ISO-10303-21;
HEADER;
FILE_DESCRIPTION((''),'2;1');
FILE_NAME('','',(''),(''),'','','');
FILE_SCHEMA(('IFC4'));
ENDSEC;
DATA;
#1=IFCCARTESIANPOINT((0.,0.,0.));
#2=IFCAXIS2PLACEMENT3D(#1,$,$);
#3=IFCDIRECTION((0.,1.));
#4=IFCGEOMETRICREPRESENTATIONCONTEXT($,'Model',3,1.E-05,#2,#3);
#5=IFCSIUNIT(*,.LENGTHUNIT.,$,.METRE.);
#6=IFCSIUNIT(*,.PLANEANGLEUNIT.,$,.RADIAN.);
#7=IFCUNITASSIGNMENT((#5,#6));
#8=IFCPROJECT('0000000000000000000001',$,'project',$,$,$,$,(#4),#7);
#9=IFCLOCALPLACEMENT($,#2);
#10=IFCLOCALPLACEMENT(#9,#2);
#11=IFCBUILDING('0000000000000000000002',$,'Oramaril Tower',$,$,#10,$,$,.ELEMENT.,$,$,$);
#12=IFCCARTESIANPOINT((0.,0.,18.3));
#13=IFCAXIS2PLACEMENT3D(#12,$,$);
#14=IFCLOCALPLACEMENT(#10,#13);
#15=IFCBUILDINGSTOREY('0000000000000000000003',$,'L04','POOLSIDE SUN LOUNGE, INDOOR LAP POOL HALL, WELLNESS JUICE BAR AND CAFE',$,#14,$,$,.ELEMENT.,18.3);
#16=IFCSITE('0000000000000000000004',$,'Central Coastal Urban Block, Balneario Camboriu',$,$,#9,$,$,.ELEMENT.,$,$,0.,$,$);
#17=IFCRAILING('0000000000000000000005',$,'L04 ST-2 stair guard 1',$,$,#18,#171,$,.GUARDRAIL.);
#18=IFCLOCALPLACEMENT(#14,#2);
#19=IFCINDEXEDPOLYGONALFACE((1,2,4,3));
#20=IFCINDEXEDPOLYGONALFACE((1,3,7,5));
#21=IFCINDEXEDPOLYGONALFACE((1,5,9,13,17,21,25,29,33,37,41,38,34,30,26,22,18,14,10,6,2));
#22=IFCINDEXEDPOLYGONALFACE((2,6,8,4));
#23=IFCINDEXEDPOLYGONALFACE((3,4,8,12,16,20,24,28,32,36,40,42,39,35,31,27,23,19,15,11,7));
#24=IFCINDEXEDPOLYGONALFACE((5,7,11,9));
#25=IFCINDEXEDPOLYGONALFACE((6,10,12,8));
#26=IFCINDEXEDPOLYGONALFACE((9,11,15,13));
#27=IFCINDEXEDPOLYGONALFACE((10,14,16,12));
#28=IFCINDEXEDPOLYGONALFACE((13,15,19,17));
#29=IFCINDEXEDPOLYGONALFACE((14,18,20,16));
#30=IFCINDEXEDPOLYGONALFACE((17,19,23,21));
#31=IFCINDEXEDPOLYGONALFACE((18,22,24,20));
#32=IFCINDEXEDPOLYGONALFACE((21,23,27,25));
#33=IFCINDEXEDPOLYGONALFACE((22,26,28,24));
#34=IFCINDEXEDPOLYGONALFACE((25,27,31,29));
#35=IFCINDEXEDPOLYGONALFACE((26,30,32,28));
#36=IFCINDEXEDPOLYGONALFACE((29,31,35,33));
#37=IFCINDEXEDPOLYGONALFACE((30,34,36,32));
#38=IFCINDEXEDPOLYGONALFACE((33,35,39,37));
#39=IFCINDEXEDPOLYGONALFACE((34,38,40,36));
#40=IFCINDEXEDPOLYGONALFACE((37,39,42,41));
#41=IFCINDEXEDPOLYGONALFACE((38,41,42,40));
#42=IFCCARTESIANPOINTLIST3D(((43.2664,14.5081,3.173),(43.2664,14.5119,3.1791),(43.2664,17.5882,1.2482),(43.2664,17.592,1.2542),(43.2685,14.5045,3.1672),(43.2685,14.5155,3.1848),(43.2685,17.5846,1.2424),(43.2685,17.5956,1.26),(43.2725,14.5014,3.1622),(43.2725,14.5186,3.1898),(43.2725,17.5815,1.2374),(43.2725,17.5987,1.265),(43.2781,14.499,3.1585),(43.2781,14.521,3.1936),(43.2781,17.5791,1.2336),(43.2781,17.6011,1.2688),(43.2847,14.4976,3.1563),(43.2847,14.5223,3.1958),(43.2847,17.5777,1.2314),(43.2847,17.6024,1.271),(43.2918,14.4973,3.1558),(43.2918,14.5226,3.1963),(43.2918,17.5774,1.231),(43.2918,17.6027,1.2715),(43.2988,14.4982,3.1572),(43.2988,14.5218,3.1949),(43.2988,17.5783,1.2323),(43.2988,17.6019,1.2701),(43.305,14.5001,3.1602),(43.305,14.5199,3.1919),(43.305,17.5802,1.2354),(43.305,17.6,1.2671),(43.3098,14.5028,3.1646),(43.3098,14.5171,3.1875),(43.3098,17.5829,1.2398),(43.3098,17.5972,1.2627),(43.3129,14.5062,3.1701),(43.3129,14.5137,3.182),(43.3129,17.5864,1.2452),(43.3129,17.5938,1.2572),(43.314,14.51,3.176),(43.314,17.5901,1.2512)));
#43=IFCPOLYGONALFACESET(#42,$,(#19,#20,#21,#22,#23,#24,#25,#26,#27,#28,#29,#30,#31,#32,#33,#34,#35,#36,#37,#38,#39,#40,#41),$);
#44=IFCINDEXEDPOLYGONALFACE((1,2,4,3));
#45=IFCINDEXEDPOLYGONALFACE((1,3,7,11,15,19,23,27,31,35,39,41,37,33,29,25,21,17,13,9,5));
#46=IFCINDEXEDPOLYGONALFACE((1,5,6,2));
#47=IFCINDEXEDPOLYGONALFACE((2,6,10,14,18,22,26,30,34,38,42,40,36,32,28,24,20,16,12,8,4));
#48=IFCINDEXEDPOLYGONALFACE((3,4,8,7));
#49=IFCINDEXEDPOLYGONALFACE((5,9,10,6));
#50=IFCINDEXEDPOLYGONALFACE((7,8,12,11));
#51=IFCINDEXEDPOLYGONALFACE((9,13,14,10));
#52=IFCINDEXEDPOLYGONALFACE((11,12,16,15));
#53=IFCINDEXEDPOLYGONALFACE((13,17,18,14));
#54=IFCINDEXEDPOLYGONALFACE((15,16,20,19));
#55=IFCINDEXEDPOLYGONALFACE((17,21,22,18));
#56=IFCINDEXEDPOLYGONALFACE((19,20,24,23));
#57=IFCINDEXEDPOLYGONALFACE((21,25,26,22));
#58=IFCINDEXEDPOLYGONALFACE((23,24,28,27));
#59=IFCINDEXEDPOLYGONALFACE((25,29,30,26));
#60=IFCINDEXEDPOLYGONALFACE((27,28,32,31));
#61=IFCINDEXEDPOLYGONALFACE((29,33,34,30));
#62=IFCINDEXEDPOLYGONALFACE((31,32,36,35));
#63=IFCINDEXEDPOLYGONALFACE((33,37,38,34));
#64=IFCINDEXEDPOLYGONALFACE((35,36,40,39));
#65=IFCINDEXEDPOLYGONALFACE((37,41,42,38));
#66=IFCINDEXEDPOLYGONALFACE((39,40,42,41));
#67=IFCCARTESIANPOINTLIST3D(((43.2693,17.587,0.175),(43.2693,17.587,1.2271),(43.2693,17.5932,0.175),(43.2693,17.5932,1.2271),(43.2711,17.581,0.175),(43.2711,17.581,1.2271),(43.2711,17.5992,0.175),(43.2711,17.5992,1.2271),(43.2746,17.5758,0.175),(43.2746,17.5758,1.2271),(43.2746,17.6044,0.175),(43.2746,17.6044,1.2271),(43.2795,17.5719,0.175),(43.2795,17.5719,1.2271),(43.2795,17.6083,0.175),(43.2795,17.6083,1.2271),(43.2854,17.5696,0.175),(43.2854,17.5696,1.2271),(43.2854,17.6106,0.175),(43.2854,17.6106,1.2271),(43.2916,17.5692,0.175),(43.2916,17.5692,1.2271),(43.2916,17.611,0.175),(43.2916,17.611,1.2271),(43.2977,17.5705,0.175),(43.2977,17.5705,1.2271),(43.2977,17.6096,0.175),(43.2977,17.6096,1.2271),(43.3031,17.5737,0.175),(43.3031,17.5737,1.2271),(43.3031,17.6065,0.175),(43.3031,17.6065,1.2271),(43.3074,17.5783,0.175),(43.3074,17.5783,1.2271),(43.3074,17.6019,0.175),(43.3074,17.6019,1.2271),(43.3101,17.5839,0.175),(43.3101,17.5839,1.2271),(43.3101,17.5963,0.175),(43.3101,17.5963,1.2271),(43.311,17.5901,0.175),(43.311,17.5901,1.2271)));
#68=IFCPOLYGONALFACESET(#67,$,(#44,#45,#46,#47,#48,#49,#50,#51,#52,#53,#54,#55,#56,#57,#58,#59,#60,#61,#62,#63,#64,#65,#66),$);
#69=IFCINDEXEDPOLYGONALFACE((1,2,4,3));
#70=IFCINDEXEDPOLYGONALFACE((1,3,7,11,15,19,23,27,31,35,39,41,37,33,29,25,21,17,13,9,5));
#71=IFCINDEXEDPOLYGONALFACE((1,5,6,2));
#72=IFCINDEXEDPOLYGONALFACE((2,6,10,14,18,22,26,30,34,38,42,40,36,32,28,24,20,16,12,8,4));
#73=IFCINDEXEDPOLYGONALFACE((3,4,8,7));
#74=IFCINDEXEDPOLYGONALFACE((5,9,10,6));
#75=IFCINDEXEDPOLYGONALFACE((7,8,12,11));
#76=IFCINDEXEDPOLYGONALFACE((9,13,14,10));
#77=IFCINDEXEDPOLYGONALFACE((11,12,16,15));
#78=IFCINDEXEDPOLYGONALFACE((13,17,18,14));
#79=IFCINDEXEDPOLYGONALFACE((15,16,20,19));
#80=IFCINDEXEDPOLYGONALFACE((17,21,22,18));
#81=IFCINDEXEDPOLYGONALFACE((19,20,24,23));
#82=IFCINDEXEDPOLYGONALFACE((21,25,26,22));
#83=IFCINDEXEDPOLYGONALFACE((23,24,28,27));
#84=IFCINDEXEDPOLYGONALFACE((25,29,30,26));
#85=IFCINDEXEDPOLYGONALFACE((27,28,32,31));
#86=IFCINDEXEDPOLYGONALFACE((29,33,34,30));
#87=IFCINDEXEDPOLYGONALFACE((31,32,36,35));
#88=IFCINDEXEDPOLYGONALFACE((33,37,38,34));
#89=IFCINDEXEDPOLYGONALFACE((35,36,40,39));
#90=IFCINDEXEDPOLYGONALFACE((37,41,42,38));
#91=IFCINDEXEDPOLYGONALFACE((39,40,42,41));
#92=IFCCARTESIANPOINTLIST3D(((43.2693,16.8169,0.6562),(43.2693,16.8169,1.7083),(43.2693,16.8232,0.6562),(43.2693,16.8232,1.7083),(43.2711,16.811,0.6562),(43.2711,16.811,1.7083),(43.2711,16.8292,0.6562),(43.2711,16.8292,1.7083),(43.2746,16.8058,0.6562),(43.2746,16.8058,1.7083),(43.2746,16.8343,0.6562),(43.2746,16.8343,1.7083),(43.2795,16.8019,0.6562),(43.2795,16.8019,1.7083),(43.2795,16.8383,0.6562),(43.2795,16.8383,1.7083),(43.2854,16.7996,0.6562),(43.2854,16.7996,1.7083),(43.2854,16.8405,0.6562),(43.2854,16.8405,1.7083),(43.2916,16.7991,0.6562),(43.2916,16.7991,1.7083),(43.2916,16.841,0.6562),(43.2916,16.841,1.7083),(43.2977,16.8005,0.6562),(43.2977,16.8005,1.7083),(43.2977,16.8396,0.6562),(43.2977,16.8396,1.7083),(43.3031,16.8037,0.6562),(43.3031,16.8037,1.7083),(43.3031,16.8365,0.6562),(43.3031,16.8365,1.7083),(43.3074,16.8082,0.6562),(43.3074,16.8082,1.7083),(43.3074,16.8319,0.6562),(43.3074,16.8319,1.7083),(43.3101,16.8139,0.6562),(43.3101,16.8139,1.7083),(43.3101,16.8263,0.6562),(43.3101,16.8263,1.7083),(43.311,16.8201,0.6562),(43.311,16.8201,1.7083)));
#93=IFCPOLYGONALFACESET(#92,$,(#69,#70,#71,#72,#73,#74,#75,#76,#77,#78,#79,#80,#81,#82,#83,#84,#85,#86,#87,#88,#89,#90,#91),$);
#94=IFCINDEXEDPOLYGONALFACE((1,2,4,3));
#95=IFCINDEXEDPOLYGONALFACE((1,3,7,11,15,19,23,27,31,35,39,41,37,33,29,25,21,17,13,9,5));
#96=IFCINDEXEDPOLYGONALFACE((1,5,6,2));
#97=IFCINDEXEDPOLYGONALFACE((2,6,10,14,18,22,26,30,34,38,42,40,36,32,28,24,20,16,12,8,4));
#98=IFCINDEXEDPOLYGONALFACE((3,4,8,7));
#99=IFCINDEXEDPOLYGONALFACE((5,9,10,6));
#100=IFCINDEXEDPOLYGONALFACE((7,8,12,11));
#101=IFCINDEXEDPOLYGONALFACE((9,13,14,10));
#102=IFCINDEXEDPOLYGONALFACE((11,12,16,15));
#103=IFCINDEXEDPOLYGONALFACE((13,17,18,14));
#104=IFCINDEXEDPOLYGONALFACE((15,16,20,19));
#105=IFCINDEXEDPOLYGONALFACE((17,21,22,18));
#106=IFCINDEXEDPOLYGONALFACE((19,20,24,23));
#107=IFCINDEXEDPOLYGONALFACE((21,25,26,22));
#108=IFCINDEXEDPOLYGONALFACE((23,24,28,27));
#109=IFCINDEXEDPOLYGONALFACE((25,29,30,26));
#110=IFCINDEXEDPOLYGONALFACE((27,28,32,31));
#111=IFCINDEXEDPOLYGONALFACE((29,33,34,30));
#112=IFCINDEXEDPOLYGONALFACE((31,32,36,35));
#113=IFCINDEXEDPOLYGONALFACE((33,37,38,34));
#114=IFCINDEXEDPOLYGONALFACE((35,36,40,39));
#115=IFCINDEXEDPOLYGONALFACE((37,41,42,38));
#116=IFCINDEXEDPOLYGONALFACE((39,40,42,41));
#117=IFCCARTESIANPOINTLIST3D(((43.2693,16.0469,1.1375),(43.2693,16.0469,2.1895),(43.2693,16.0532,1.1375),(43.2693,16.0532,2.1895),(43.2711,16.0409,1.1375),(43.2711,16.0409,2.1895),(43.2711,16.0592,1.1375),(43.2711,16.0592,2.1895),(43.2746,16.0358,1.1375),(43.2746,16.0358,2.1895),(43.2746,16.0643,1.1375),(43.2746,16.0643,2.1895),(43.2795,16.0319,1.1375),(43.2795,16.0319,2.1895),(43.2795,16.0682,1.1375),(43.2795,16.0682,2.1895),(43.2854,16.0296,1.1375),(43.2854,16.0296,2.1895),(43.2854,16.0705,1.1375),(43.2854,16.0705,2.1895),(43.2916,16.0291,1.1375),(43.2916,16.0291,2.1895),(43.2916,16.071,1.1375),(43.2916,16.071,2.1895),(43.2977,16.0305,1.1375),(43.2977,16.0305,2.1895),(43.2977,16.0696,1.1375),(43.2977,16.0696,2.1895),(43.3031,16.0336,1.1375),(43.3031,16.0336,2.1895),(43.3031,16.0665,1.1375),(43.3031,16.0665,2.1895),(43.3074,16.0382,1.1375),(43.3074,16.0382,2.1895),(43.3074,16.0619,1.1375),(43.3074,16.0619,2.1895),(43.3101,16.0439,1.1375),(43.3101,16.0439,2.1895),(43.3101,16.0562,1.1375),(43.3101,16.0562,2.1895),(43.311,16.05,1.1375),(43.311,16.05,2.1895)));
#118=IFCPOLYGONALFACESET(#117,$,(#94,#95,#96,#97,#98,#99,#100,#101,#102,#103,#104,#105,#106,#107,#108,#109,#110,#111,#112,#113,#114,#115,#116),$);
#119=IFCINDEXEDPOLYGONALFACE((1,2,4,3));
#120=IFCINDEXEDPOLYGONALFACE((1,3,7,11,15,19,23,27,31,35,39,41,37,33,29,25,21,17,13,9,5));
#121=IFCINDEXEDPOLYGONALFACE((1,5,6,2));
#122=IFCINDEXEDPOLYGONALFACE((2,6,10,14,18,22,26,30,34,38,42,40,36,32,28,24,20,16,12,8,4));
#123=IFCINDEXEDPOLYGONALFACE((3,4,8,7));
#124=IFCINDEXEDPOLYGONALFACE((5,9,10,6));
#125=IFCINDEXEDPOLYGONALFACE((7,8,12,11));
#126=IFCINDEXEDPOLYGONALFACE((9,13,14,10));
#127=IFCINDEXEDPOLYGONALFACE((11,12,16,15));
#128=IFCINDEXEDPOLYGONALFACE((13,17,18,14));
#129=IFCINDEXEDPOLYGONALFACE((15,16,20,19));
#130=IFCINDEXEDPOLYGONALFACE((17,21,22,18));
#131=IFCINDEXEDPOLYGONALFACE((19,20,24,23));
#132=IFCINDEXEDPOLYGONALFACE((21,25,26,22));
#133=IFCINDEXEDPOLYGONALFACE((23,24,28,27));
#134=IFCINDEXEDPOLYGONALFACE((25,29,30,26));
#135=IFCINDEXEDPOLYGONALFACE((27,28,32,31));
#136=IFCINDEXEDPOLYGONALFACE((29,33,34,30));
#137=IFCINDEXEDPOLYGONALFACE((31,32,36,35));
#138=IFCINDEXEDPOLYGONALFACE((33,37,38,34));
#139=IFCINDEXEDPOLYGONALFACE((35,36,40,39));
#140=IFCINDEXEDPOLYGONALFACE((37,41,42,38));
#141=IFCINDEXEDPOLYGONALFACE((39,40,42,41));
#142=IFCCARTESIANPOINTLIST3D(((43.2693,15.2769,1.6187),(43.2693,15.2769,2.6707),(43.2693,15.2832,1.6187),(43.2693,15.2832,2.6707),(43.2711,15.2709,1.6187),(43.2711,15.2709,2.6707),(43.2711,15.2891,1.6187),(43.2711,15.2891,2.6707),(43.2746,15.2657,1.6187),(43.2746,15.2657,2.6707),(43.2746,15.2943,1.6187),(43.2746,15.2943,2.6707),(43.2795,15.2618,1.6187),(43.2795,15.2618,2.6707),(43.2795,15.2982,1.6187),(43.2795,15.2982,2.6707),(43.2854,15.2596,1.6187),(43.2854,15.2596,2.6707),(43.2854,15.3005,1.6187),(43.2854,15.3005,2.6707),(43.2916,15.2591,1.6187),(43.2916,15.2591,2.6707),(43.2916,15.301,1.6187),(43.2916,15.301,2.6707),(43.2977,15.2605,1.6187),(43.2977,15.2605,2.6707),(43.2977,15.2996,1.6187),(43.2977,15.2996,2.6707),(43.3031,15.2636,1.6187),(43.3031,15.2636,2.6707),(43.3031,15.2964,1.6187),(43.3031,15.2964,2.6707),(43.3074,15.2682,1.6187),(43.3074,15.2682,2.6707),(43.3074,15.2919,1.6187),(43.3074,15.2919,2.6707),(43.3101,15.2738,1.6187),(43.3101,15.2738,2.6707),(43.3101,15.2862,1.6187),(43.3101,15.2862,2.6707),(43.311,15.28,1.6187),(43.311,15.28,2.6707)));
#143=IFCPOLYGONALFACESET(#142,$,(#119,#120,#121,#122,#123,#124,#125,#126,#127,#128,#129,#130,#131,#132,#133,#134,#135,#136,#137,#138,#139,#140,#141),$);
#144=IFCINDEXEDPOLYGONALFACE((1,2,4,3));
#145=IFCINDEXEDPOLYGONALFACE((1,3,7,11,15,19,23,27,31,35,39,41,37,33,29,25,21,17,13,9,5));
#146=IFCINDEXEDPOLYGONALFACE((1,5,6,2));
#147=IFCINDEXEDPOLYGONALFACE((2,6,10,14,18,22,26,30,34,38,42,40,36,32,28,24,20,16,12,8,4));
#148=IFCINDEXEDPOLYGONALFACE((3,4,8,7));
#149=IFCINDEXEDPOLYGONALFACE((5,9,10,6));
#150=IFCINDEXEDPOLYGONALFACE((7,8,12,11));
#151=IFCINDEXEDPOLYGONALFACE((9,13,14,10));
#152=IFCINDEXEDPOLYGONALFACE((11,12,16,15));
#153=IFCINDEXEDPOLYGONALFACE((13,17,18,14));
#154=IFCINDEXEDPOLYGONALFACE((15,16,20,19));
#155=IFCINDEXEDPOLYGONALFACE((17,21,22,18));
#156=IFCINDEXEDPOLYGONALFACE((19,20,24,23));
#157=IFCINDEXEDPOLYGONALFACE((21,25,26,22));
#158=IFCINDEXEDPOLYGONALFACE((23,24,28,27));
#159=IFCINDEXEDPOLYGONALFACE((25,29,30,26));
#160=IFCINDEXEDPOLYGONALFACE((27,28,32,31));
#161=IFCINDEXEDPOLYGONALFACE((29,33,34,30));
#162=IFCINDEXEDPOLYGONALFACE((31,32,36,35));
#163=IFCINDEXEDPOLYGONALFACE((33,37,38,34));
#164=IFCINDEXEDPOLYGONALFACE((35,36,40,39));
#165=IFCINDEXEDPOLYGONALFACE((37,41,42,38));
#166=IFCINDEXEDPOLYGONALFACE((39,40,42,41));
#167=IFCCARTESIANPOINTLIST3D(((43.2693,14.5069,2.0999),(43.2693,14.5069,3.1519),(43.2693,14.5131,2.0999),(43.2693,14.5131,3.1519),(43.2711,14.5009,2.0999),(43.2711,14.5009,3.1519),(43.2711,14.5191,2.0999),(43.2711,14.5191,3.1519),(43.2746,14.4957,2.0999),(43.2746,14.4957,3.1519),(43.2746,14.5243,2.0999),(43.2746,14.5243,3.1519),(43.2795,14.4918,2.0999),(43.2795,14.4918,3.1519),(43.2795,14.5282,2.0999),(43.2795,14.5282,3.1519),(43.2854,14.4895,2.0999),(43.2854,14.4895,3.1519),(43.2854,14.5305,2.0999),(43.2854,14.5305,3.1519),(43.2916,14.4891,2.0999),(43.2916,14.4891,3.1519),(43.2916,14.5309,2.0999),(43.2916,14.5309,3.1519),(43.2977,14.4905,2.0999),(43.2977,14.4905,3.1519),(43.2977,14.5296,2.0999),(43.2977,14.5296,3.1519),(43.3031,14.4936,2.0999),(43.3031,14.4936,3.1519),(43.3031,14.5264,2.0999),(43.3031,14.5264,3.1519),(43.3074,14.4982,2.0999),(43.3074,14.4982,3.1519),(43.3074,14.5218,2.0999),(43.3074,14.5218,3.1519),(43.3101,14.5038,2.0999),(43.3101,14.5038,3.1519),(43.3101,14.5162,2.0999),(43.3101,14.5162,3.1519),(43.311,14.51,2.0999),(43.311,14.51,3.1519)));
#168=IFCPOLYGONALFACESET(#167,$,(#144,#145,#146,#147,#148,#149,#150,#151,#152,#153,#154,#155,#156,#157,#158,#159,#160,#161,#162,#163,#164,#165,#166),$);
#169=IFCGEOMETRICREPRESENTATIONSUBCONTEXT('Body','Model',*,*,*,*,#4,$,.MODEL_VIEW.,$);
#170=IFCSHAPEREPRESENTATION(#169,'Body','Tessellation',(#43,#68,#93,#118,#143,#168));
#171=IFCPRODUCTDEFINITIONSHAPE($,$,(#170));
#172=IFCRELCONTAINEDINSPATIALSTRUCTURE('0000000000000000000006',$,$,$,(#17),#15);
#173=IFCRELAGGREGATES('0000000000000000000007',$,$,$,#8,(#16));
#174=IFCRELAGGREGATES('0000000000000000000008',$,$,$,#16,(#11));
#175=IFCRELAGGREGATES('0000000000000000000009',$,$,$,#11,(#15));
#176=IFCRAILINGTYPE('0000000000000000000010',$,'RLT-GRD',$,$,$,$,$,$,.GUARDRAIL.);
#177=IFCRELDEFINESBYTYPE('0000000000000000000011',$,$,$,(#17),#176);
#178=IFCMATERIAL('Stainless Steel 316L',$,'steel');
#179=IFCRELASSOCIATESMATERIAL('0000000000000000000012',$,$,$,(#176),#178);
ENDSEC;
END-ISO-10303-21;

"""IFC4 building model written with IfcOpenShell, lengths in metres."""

from ifc_helpers import new_model, si_unit, direction, frame, origin, origin_2d, place, context, subcontext, project, spatial, circle, extrude, material, type_object, element, save


model = new_model("IFC4")

# Units and contexts
model_context = context("Model", 3, precision=1e-05, world=origin(), true_north=direction((0.0, 1.0)))
body_context = subcontext(model_context, "Body", "Model", "MODEL_VIEW")
ifc_project = project(units=[si_unit("LENGTHUNIT", "METRE"), si_unit("PLANEANGLEUNIT", "RADIAN")], contexts=[model_context])

# Site, building, storey
site_placement = place(None, origin())
site = spatial("IfcSite", under=ifc_project, at=site_placement, Name="Central Coastal Urban Block, Balneario Camboriu", CompositionType="ELEMENT", RefElevation=0.0)
building_placement = place(site_placement, origin())
building = spatial("IfcBuilding", under=site, at=building_placement, Name="Oramaril Tower", CompositionType="ELEMENT")
storey_placement = place(building_placement, frame((0.0, 0.0, 18.3)))
storey = spatial("IfcBuildingStorey", under=building, at=storey_placement, Name="L04", Description="POOLSIDE SUN LOUNGE, INDOOR LAP POOL HALL, WELLNESS JUICE BAR AND CAFE", CompositionType="ELEMENT", Elevation=18.3)

# Railing
ifc_material_1 = material(Name="Stainless Steel 316L", Category="steel")
railing_type_1 = type_object("IfcRailingType", Name="RLT-GRD", PredefinedType="GUARDRAIL", material=ifc_material_1)
railing_1_placement = place(storey_placement, frame((43.29, 17.5901, 0.175)))
element("IfcRailing", 1, at=railing_1_placement, inside=storey, type_object=railing_type_1, Name="L04 ST-2 stair guard 1", PredefinedType="GUARDRAIL", context=body_context, shape_type="SweptSolid", body=[
    extrude(circle(Radius=0.0239, at=origin_2d()), frame((0.0, 0.0, 1.0762), z_axis=(0.0, -0.848029, 0.529951), x_axis=(1.0, 0.0, 0.0)), (0.0, 0.0, 1.0), 3.6321),
    extrude(circle(Radius=0.021, at=origin_2d()), origin(), (0.0, 0.0, 1.0), 1.052),
    extrude(circle(Radius=0.021, at=origin_2d()), frame((0.0, -0.77, 0.4812)), (0.0, 0.0, 1.0), 1.052),
    extrude(circle(Radius=0.021, at=origin_2d()), frame((0.0, -1.54, 0.9624)), (0.0, 0.0, 1.0), 1.052),
    extrude(circle(Radius=0.021, at=origin_2d()), frame((0.0, -2.3101, 1.4436)), (0.0, 0.0, 1.0), 1.052),
    extrude(circle(Radius=0.021, at=origin_2d()), frame((0.0, -3.0801, 1.9248)), (0.0, 0.0, 1.0), 1.052),
])

save(model, "model.ifc")
